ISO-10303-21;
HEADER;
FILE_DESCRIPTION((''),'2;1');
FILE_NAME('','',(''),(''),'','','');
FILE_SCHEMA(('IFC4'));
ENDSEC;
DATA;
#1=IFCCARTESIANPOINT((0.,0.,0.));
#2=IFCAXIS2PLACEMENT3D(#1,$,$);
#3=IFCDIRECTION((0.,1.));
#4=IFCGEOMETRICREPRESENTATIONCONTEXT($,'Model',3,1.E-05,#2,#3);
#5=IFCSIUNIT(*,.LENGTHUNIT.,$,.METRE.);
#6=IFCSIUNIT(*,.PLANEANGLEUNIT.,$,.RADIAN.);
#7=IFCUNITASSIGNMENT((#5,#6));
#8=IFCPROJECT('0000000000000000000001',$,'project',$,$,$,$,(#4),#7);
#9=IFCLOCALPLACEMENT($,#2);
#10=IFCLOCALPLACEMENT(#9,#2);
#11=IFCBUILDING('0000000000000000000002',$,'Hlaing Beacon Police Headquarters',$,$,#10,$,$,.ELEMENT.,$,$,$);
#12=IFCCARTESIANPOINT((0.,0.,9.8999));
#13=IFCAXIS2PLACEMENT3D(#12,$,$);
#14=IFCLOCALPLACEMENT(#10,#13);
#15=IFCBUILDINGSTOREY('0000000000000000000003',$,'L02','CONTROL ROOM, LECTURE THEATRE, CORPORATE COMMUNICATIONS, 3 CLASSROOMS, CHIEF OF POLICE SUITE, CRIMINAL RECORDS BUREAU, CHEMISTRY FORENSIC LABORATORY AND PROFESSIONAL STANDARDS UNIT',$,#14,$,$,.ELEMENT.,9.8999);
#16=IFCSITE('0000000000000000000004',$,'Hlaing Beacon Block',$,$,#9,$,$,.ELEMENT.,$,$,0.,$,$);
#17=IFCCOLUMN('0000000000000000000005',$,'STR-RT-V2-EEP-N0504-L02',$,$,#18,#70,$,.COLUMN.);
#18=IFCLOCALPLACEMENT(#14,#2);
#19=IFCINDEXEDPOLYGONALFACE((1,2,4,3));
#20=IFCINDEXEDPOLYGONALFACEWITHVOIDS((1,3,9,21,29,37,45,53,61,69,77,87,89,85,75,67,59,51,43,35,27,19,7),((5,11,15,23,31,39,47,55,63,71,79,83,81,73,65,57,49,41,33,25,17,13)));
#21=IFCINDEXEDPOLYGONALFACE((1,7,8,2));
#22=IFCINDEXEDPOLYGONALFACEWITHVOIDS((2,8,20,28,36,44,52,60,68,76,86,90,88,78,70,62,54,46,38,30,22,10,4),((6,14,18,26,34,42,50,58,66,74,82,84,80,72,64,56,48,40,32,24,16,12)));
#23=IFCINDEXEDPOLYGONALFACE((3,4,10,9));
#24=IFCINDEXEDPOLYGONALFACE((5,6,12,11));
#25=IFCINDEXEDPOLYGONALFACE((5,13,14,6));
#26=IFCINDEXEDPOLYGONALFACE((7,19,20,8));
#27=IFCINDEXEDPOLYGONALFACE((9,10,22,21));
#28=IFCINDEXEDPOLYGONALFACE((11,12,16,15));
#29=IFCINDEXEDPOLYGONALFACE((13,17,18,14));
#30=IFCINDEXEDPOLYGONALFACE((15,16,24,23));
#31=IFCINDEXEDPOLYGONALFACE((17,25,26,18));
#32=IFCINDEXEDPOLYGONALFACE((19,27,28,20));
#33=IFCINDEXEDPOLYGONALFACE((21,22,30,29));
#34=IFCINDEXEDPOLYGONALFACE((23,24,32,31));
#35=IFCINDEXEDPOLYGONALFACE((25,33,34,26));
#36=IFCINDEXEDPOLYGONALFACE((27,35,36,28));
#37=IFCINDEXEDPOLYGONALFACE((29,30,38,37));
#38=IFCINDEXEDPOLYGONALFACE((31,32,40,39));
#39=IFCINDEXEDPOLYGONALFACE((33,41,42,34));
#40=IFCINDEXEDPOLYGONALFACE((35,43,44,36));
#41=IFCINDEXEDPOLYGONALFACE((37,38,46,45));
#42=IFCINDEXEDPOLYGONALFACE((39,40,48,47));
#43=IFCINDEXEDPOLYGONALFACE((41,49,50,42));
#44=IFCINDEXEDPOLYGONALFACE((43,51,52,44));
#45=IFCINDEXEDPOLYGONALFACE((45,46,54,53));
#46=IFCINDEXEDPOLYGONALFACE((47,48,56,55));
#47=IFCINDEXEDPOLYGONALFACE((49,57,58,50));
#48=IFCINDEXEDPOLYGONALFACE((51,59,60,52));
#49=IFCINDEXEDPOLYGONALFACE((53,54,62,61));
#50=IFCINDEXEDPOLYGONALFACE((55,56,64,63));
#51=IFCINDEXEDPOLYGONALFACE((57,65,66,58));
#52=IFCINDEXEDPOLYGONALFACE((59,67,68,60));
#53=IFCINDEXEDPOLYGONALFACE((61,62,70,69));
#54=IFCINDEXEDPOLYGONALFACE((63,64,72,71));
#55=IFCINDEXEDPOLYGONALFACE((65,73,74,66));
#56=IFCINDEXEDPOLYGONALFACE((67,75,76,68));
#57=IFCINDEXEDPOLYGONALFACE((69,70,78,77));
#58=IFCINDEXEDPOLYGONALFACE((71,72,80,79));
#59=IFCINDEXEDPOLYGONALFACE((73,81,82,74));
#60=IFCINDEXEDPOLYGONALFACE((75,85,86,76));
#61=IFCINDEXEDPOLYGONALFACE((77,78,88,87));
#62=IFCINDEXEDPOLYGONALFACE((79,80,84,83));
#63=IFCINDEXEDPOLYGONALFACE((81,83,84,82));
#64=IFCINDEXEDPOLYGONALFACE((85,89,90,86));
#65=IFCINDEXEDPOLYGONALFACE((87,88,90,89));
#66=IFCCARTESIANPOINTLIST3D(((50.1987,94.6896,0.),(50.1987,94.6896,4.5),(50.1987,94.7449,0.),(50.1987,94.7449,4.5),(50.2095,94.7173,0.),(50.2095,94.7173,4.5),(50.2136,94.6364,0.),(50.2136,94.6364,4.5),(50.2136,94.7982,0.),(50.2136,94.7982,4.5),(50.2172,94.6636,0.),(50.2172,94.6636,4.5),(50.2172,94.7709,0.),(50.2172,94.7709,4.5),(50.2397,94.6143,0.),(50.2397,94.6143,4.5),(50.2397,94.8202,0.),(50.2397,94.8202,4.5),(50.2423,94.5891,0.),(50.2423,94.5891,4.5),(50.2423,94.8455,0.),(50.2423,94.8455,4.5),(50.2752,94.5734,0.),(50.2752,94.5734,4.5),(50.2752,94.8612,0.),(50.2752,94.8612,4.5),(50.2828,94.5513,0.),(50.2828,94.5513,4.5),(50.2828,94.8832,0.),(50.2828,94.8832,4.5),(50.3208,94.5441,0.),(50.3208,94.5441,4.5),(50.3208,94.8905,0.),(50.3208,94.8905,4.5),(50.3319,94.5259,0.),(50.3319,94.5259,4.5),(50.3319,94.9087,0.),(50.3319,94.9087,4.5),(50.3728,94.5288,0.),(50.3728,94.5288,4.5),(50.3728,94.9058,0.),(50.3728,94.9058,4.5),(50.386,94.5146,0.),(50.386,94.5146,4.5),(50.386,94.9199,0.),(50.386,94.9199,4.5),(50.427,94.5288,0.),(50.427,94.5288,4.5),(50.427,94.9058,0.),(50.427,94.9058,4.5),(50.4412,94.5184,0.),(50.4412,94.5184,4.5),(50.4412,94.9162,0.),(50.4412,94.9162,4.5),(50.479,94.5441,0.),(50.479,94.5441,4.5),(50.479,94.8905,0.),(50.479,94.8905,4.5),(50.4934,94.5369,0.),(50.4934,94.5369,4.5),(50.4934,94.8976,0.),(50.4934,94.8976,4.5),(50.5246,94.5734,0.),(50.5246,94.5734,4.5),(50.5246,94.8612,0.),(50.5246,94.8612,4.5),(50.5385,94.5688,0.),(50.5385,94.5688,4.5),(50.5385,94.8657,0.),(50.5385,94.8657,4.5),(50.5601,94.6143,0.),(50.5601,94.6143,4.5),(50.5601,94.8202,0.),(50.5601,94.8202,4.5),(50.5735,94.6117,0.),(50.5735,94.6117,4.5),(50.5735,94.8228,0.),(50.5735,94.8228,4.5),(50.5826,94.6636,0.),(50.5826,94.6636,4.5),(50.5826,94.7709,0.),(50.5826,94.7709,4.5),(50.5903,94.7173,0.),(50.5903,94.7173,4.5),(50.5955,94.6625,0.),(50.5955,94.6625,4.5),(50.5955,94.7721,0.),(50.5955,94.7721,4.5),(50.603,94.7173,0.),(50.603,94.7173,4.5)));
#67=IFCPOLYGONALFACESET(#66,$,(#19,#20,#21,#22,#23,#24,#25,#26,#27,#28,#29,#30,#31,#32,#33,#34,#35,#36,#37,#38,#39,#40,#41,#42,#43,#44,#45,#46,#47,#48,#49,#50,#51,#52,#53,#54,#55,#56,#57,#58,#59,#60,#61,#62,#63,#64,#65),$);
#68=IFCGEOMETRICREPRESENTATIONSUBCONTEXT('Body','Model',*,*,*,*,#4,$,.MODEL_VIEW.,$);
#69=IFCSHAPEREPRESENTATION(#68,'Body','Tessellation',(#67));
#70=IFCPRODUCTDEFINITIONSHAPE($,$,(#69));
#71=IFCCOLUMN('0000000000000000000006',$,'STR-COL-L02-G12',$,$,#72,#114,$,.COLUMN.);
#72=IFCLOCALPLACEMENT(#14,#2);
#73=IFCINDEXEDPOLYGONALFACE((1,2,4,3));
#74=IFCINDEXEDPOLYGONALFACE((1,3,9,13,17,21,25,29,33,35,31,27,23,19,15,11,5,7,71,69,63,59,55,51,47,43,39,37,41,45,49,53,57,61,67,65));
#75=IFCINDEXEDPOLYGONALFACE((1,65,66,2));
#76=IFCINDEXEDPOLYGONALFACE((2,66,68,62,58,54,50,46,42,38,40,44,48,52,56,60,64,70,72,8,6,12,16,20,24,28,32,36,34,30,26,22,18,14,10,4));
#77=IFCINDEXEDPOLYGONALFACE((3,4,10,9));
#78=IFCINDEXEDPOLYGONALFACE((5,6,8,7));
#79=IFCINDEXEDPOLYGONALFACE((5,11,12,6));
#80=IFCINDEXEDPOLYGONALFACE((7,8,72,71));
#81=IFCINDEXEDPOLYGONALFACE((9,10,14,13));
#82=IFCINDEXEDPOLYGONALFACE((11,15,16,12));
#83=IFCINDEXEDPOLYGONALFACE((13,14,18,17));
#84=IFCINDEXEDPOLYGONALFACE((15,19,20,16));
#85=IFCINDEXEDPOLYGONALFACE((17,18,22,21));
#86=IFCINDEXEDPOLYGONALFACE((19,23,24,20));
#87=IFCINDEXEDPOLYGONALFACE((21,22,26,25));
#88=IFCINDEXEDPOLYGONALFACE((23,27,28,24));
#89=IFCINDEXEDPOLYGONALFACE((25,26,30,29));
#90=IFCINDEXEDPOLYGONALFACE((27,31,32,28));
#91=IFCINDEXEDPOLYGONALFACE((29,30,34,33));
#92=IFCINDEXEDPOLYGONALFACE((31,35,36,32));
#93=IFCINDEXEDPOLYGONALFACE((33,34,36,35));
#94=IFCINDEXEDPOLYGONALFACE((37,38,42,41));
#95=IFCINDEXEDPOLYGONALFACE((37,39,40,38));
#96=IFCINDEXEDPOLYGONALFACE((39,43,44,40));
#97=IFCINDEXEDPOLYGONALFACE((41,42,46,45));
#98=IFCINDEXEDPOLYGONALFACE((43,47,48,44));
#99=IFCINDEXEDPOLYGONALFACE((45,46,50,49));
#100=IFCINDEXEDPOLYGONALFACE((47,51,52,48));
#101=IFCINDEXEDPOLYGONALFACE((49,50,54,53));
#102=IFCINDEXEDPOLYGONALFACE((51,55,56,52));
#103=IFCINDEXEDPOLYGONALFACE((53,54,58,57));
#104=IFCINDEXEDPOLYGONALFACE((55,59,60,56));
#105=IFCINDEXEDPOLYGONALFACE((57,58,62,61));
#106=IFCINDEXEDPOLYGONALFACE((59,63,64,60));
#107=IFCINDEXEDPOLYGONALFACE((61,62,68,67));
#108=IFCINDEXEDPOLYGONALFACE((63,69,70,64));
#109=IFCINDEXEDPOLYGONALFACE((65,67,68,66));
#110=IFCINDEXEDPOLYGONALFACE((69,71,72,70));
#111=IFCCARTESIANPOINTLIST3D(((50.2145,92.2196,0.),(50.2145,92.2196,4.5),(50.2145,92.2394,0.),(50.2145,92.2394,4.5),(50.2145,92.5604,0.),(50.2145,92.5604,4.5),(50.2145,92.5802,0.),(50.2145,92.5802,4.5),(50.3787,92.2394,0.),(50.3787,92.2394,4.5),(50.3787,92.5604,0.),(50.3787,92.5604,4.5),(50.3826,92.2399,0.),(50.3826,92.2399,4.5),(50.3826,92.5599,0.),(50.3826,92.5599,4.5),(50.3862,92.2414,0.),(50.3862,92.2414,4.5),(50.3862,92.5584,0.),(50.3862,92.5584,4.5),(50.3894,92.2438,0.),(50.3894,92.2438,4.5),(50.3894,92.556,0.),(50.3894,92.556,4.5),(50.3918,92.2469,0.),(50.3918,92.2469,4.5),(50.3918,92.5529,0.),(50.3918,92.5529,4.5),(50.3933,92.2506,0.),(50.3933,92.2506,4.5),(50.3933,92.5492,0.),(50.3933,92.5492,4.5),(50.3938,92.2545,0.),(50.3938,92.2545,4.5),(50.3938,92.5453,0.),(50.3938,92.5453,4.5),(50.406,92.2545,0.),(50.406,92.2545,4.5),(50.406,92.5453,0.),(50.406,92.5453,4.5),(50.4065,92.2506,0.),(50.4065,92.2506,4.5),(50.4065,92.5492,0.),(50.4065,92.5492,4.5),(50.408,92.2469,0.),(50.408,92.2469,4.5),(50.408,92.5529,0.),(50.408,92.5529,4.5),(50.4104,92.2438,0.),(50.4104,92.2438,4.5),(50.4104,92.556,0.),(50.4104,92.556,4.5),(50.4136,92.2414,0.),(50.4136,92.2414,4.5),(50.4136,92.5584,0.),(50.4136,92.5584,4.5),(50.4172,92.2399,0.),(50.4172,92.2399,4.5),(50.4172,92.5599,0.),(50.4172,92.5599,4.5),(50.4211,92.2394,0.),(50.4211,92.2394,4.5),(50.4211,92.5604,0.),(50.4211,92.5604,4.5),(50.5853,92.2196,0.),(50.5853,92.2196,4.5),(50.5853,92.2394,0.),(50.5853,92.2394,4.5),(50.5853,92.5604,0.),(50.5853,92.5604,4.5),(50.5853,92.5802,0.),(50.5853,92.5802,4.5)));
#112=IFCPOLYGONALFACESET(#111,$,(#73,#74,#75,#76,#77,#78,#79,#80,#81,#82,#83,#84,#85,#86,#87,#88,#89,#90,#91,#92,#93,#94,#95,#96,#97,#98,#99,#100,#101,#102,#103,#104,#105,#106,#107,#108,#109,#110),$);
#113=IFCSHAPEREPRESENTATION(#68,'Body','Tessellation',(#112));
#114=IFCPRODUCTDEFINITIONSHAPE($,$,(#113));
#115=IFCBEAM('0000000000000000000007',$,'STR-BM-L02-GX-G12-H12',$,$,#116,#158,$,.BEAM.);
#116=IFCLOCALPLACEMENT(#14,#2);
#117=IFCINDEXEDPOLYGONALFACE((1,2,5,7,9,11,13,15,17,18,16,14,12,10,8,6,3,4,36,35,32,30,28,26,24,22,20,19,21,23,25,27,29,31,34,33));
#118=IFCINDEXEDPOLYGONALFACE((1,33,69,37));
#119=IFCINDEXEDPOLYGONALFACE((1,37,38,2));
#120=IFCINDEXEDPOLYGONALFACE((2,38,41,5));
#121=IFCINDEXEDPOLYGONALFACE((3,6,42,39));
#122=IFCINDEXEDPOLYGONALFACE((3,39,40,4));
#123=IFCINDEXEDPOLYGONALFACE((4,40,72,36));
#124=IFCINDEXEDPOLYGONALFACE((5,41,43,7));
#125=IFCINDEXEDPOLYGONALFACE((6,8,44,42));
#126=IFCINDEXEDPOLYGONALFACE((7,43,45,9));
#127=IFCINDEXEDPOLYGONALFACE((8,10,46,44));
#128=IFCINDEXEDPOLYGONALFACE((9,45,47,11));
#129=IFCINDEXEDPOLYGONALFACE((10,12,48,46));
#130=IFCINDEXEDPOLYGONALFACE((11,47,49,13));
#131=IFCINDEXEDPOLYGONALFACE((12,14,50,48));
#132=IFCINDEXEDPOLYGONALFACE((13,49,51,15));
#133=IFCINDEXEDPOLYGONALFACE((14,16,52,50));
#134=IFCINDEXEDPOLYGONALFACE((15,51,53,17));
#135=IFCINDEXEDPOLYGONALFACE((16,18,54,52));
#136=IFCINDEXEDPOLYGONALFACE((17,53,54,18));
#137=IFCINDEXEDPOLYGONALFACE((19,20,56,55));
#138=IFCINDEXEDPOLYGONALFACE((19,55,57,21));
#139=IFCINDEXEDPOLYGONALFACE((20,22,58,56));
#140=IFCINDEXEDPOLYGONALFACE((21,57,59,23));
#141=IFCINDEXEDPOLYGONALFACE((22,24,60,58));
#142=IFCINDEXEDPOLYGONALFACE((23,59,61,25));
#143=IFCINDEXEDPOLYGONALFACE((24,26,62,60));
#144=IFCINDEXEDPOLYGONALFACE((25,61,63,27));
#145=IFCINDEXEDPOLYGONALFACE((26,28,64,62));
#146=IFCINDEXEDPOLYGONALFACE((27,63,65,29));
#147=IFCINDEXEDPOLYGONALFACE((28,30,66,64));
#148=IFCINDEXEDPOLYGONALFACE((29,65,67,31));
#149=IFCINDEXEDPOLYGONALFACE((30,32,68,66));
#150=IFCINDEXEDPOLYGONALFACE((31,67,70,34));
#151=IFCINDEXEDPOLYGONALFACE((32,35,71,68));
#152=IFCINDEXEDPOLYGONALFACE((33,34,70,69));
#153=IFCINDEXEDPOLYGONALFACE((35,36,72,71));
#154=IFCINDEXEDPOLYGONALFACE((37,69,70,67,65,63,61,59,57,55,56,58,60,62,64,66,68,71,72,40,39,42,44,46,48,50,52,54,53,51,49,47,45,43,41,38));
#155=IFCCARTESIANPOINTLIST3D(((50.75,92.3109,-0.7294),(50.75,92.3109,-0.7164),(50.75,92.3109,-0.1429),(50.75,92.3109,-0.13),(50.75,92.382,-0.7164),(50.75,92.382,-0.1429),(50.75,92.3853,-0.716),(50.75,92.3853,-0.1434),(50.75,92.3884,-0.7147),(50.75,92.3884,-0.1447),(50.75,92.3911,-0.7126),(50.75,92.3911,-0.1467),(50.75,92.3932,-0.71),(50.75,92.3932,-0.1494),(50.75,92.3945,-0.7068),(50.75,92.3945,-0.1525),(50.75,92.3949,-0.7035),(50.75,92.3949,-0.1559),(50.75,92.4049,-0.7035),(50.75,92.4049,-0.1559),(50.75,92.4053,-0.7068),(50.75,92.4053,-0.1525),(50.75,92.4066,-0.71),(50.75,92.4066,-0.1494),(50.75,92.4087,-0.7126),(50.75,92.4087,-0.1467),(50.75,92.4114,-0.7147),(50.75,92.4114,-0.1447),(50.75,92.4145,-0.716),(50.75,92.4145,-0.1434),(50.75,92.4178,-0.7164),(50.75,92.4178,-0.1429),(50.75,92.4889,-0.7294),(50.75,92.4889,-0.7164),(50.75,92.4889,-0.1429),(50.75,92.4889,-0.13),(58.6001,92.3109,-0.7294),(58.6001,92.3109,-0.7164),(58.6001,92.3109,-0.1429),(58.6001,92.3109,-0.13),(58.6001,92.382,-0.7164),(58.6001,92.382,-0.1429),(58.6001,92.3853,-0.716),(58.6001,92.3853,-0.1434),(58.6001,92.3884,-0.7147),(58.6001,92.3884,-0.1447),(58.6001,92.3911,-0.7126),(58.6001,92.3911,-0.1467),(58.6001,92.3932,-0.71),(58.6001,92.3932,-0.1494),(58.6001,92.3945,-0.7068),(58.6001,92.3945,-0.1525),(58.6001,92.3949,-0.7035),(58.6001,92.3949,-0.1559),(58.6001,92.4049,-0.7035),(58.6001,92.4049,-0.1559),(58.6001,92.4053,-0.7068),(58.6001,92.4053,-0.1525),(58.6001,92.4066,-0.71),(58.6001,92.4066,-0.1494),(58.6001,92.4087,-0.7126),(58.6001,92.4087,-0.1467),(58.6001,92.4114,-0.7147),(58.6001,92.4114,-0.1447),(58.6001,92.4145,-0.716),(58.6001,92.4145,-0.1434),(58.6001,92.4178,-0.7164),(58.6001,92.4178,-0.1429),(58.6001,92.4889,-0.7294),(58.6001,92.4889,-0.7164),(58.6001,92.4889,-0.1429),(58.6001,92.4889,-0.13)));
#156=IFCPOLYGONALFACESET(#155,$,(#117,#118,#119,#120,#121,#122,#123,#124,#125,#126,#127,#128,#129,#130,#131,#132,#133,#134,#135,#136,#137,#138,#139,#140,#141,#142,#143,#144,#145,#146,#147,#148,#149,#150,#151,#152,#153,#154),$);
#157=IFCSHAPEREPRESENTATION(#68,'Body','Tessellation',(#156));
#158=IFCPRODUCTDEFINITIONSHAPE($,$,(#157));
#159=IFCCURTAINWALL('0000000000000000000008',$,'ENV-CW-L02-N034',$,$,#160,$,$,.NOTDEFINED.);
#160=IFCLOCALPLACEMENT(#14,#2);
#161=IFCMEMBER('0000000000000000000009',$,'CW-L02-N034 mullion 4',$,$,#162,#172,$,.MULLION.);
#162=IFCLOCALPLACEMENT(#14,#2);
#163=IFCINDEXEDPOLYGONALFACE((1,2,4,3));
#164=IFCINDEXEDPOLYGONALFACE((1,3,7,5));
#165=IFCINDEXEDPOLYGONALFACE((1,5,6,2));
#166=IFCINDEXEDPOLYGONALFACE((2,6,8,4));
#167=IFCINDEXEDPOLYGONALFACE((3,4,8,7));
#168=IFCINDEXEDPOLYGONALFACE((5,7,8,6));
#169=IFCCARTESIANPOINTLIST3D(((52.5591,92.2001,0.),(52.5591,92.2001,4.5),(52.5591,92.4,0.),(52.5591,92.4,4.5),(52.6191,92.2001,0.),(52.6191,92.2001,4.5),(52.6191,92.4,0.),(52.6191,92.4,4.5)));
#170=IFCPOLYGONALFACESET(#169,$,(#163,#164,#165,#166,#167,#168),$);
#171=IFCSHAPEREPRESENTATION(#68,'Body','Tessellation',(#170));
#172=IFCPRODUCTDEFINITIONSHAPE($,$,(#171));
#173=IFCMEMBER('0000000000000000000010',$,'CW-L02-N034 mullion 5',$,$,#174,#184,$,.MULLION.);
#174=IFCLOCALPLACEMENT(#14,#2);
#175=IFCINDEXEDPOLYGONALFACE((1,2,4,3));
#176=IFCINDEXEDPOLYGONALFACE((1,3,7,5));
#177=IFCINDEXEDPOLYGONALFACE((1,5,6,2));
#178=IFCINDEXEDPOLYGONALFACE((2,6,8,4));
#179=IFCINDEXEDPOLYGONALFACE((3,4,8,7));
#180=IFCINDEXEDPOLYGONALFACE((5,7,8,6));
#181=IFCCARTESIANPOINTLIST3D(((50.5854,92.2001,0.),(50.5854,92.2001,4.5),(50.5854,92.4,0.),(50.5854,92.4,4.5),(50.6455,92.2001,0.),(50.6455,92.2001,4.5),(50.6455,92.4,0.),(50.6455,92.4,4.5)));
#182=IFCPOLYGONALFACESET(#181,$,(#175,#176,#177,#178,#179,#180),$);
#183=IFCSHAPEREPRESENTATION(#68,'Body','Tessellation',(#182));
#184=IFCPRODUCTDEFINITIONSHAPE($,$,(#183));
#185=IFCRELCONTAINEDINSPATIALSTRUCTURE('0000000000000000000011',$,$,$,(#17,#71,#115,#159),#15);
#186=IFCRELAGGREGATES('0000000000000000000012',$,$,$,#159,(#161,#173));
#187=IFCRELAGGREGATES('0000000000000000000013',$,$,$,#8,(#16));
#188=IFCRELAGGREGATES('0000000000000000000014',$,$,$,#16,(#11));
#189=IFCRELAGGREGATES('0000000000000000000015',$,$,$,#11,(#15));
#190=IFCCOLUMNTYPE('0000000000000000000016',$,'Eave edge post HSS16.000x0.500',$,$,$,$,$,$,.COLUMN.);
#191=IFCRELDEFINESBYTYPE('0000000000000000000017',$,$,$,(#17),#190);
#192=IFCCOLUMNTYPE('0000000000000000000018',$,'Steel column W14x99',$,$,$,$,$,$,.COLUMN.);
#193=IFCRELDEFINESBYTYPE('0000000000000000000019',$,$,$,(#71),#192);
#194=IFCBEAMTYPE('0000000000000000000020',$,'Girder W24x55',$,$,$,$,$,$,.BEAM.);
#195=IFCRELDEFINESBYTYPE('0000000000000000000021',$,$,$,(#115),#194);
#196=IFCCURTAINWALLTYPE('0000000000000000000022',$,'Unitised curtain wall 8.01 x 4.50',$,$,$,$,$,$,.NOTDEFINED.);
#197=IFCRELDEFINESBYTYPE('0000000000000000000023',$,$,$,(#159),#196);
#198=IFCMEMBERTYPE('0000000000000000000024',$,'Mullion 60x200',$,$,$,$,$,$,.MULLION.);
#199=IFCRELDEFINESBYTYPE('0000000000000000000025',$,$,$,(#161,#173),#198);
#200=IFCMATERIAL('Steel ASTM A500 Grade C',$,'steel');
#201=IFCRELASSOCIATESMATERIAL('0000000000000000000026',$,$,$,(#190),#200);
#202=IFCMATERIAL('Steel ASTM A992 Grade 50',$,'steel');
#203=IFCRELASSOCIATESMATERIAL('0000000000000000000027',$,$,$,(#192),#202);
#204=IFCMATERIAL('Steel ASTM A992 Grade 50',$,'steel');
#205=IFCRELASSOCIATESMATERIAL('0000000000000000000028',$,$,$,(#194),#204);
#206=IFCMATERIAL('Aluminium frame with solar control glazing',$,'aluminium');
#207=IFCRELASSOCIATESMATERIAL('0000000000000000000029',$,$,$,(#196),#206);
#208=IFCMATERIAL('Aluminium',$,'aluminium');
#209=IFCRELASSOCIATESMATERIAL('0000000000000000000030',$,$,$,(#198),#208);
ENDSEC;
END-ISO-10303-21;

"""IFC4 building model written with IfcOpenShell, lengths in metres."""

from ifc_helpers import new_model, si_unit, direction, frame, origin, origin_2d, place, context, subcontext, project, spatial, rectangle, hollow_circle, i_section, extrude, material, material_profile, profile_set, type_object, element, aggregate, save


model = new_model("IFC4")

# Units and contexts
model_context = context("Model", 3, precision=1e-05, world=origin(), true_north=direction((0.0, 1.0)))
body_context = subcontext(model_context, "Body", "Model", "MODEL_VIEW")
ifc_project = project(units=[si_unit("LENGTHUNIT", "METRE"), si_unit("PLANEANGLEUNIT", "RADIAN")], contexts=[model_context])

# Site, building, storey
site_placement = place(None, origin())
site = spatial("IfcSite", under=ifc_project, at=site_placement, Name="Hlaing Beacon Block", CompositionType="ELEMENT", RefElevation=0.0)
building_placement = place(site_placement, origin())
building = spatial("IfcBuilding", under=site, at=building_placement, Name="Hlaing Beacon Police Headquarters", CompositionType="ELEMENT")
storey_placement = place(building_placement, frame((0.0, 0.0, 9.8999)))
storey = spatial("IfcBuildingStorey", under=building, at=storey_placement, Name="L02", Description="CONTROL ROOM, LECTURE THEATRE, CORPORATE COMMUNICATIONS, 3 CLASSROOMS, CHIEF OF POLICE SUITE, CRIMINAL RECORDS BUREAU, CHEMISTRY FORENSIC LABORATORY AND PROFESSIONAL STANDARDS UNIT", CompositionType="ELEMENT", Elevation=9.8999)

# Columns
ifc_material_1 = material(Name="Steel ASTM A500 Grade C", Category="steel")
ifc_material_profile_1 = material_profile(ifc_material_1, hollow_circle(Radius=0.2031, WallThickness=0.0127, at=origin_2d()), Name="HSS16.000x0.500")
ifc_profile_set_1 = profile_set([ifc_material_profile_1], Name="Steel ASTM A500 Grade C")
column_type_1 = type_object("IfcColumnType", Name="Eave edge post HSS16.000x0.500", PredefinedType="COLUMN", material=ifc_profile_set_1)
column_1_placement = place(storey_placement, frame((50.3999, 94.7173, 0.0), z_axis=(0.0, 0.0, 1.0), x_axis=(1.0, 0.0, 0.0)))
element("IfcColumn", 1, at=column_1_placement, inside=storey, type_object=column_type_1, Name="STR-RT-V2-EEP-N0504-L02", PredefinedType="COLUMN", context=body_context, shape_type="SweptSolid", body=[
    extrude(hollow_circle(Radius=0.2031, WallThickness=0.0127, at=origin_2d()), origin(), (0.0, 0.0, 1.0), 4.5),
])
ifc_material_2 = material(Name="Steel ASTM A992 Grade 50", Category="steel")
ifc_material_profile_2 = material_profile(ifc_material_2, i_section(OverallWidth=0.3708, OverallDepth=0.3606, WebThickness=0.0122, FlangeThickness=0.0198, FilletRadius=0.0151, at=origin_2d()), Name="W14x99")
ifc_profile_set_2 = profile_set([ifc_material_profile_2], Name="Steel ASTM A992 Grade 50")
column_type_2 = type_object("IfcColumnType", Name="Steel column W14x99", PredefinedType="COLUMN", material=ifc_profile_set_2)
column_2_placement = place(storey_placement, frame((50.3999, 92.3999, 0.0), z_axis=(0.0, 0.0, 1.0), x_axis=(1.0, 0.0, 0.0)))
element("IfcColumn", 2, at=column_2_placement, inside=storey, type_object=column_type_2, Name="STR-COL-L02-G12", PredefinedType="COLUMN", context=body_context, shape_type="SweptSolid", body=[
    extrude(i_section(OverallWidth=0.3708, OverallDepth=0.3606, WebThickness=0.0122, FlangeThickness=0.0198, FilletRadius=0.0151, at=origin_2d()), origin(), (0.0, 0.0, 1.0), 4.5),
])

# Beam
ifc_material_3 = material(Name="Steel ASTM A992 Grade 50", Category="steel")
ifc_material_profile_3 = material_profile(ifc_material_3, i_section(OverallWidth=0.178, OverallDepth=0.5994, WebThickness=0.01, FlangeThickness=0.0129, FilletRadius=0.0129, at=origin_2d()), Name="W24x55")
ifc_profile_set_3 = profile_set([ifc_material_profile_3], Name="Steel ASTM A992 Grade 50")
beam_type = type_object("IfcBeamType", Name="Girder W24x55", PredefinedType="BEAM", material=ifc_profile_set_3)
beam_placement = place(storey_placement, frame((50.75, 92.3999, -0.4297), z_axis=(1.0, 0.0, 0.0), x_axis=(0.0, 1.0, 0.0)))
element("IfcBeam", 3, at=beam_placement, inside=storey, type_object=beam_type, Name="STR-BM-L02-GX-G12-H12", PredefinedType="BEAM", context=body_context, shape_type="SweptSolid", body=[
    extrude(i_section(OverallWidth=0.178, OverallDepth=0.5994, WebThickness=0.01, FlangeThickness=0.0129, FilletRadius=0.0129, at=origin_2d()), origin(), (0.0, 0.0, 1.0), 7.8501),
])

# Curtain wall, members
ifc_material_4 = material(Name="Aluminium frame with solar control glazing", Category="aluminium")
curtain_wall_type_1 = type_object("IfcCurtainWallType", Name="Unitised curtain wall 8.01 x 4.50", PredefinedType="NOTDEFINED", material=ifc_material_4)
curtain_wall_1_placement = place(storey_placement, origin())
curtain_wall_1 = element("IfcCurtainWall", 4, at=curtain_wall_1_placement, inside=storey, type_object=curtain_wall_type_1, Name="ENV-CW-L02-N034", PredefinedType="NOTDEFINED")
ifc_material_5 = material(Name="Aluminium", Category="aluminium")
ifc_material_profile_4 = material_profile(ifc_material_5, rectangle(XDim=0.2, YDim=0.0601, at=origin_2d()), Name="Mullion 60x200")
ifc_profile_set_4 = profile_set([ifc_material_profile_4], Name="Aluminium")
member_type_1 = type_object("IfcMemberType", Name="Mullion 60x200", PredefinedType="MULLION", material=ifc_profile_set_4)
member_1_placement = place(storey_placement, frame((52.5891, 92.3, 0.0), z_axis=(0.0, 0.0, 1.0), x_axis=(0.0, -1.0, 0.0)))
member_1 = element("IfcMember", 5, at=member_1_placement, type_object=member_type_1, Name="CW-L02-N034 mullion 4", PredefinedType="MULLION", context=body_context, shape_type="SweptSolid", body=[
    extrude(rectangle(XDim=0.2, YDim=0.0601, at=origin_2d()), origin(), (0.0, 0.0, 1.0), 4.5),
])
member_2_placement = place(storey_placement, frame((50.6155, 92.3, 0.0), z_axis=(0.0, 0.0, 1.0), x_axis=(0.0, -1.0, 0.0)))
member_2 = element("IfcMember", 6, at=member_2_placement, type_object=member_type_1, Name="CW-L02-N034 mullion 5", PredefinedType="MULLION", context=body_context, shape_type="SweptSolid", body=[
    extrude(rectangle(XDim=0.2, YDim=0.0601, at=origin_2d()), origin(), (0.0, 0.0, 1.0), 4.5),
])

aggregate(curtain_wall_1, [member_1, member_2])

save(model, "model.ifc")
